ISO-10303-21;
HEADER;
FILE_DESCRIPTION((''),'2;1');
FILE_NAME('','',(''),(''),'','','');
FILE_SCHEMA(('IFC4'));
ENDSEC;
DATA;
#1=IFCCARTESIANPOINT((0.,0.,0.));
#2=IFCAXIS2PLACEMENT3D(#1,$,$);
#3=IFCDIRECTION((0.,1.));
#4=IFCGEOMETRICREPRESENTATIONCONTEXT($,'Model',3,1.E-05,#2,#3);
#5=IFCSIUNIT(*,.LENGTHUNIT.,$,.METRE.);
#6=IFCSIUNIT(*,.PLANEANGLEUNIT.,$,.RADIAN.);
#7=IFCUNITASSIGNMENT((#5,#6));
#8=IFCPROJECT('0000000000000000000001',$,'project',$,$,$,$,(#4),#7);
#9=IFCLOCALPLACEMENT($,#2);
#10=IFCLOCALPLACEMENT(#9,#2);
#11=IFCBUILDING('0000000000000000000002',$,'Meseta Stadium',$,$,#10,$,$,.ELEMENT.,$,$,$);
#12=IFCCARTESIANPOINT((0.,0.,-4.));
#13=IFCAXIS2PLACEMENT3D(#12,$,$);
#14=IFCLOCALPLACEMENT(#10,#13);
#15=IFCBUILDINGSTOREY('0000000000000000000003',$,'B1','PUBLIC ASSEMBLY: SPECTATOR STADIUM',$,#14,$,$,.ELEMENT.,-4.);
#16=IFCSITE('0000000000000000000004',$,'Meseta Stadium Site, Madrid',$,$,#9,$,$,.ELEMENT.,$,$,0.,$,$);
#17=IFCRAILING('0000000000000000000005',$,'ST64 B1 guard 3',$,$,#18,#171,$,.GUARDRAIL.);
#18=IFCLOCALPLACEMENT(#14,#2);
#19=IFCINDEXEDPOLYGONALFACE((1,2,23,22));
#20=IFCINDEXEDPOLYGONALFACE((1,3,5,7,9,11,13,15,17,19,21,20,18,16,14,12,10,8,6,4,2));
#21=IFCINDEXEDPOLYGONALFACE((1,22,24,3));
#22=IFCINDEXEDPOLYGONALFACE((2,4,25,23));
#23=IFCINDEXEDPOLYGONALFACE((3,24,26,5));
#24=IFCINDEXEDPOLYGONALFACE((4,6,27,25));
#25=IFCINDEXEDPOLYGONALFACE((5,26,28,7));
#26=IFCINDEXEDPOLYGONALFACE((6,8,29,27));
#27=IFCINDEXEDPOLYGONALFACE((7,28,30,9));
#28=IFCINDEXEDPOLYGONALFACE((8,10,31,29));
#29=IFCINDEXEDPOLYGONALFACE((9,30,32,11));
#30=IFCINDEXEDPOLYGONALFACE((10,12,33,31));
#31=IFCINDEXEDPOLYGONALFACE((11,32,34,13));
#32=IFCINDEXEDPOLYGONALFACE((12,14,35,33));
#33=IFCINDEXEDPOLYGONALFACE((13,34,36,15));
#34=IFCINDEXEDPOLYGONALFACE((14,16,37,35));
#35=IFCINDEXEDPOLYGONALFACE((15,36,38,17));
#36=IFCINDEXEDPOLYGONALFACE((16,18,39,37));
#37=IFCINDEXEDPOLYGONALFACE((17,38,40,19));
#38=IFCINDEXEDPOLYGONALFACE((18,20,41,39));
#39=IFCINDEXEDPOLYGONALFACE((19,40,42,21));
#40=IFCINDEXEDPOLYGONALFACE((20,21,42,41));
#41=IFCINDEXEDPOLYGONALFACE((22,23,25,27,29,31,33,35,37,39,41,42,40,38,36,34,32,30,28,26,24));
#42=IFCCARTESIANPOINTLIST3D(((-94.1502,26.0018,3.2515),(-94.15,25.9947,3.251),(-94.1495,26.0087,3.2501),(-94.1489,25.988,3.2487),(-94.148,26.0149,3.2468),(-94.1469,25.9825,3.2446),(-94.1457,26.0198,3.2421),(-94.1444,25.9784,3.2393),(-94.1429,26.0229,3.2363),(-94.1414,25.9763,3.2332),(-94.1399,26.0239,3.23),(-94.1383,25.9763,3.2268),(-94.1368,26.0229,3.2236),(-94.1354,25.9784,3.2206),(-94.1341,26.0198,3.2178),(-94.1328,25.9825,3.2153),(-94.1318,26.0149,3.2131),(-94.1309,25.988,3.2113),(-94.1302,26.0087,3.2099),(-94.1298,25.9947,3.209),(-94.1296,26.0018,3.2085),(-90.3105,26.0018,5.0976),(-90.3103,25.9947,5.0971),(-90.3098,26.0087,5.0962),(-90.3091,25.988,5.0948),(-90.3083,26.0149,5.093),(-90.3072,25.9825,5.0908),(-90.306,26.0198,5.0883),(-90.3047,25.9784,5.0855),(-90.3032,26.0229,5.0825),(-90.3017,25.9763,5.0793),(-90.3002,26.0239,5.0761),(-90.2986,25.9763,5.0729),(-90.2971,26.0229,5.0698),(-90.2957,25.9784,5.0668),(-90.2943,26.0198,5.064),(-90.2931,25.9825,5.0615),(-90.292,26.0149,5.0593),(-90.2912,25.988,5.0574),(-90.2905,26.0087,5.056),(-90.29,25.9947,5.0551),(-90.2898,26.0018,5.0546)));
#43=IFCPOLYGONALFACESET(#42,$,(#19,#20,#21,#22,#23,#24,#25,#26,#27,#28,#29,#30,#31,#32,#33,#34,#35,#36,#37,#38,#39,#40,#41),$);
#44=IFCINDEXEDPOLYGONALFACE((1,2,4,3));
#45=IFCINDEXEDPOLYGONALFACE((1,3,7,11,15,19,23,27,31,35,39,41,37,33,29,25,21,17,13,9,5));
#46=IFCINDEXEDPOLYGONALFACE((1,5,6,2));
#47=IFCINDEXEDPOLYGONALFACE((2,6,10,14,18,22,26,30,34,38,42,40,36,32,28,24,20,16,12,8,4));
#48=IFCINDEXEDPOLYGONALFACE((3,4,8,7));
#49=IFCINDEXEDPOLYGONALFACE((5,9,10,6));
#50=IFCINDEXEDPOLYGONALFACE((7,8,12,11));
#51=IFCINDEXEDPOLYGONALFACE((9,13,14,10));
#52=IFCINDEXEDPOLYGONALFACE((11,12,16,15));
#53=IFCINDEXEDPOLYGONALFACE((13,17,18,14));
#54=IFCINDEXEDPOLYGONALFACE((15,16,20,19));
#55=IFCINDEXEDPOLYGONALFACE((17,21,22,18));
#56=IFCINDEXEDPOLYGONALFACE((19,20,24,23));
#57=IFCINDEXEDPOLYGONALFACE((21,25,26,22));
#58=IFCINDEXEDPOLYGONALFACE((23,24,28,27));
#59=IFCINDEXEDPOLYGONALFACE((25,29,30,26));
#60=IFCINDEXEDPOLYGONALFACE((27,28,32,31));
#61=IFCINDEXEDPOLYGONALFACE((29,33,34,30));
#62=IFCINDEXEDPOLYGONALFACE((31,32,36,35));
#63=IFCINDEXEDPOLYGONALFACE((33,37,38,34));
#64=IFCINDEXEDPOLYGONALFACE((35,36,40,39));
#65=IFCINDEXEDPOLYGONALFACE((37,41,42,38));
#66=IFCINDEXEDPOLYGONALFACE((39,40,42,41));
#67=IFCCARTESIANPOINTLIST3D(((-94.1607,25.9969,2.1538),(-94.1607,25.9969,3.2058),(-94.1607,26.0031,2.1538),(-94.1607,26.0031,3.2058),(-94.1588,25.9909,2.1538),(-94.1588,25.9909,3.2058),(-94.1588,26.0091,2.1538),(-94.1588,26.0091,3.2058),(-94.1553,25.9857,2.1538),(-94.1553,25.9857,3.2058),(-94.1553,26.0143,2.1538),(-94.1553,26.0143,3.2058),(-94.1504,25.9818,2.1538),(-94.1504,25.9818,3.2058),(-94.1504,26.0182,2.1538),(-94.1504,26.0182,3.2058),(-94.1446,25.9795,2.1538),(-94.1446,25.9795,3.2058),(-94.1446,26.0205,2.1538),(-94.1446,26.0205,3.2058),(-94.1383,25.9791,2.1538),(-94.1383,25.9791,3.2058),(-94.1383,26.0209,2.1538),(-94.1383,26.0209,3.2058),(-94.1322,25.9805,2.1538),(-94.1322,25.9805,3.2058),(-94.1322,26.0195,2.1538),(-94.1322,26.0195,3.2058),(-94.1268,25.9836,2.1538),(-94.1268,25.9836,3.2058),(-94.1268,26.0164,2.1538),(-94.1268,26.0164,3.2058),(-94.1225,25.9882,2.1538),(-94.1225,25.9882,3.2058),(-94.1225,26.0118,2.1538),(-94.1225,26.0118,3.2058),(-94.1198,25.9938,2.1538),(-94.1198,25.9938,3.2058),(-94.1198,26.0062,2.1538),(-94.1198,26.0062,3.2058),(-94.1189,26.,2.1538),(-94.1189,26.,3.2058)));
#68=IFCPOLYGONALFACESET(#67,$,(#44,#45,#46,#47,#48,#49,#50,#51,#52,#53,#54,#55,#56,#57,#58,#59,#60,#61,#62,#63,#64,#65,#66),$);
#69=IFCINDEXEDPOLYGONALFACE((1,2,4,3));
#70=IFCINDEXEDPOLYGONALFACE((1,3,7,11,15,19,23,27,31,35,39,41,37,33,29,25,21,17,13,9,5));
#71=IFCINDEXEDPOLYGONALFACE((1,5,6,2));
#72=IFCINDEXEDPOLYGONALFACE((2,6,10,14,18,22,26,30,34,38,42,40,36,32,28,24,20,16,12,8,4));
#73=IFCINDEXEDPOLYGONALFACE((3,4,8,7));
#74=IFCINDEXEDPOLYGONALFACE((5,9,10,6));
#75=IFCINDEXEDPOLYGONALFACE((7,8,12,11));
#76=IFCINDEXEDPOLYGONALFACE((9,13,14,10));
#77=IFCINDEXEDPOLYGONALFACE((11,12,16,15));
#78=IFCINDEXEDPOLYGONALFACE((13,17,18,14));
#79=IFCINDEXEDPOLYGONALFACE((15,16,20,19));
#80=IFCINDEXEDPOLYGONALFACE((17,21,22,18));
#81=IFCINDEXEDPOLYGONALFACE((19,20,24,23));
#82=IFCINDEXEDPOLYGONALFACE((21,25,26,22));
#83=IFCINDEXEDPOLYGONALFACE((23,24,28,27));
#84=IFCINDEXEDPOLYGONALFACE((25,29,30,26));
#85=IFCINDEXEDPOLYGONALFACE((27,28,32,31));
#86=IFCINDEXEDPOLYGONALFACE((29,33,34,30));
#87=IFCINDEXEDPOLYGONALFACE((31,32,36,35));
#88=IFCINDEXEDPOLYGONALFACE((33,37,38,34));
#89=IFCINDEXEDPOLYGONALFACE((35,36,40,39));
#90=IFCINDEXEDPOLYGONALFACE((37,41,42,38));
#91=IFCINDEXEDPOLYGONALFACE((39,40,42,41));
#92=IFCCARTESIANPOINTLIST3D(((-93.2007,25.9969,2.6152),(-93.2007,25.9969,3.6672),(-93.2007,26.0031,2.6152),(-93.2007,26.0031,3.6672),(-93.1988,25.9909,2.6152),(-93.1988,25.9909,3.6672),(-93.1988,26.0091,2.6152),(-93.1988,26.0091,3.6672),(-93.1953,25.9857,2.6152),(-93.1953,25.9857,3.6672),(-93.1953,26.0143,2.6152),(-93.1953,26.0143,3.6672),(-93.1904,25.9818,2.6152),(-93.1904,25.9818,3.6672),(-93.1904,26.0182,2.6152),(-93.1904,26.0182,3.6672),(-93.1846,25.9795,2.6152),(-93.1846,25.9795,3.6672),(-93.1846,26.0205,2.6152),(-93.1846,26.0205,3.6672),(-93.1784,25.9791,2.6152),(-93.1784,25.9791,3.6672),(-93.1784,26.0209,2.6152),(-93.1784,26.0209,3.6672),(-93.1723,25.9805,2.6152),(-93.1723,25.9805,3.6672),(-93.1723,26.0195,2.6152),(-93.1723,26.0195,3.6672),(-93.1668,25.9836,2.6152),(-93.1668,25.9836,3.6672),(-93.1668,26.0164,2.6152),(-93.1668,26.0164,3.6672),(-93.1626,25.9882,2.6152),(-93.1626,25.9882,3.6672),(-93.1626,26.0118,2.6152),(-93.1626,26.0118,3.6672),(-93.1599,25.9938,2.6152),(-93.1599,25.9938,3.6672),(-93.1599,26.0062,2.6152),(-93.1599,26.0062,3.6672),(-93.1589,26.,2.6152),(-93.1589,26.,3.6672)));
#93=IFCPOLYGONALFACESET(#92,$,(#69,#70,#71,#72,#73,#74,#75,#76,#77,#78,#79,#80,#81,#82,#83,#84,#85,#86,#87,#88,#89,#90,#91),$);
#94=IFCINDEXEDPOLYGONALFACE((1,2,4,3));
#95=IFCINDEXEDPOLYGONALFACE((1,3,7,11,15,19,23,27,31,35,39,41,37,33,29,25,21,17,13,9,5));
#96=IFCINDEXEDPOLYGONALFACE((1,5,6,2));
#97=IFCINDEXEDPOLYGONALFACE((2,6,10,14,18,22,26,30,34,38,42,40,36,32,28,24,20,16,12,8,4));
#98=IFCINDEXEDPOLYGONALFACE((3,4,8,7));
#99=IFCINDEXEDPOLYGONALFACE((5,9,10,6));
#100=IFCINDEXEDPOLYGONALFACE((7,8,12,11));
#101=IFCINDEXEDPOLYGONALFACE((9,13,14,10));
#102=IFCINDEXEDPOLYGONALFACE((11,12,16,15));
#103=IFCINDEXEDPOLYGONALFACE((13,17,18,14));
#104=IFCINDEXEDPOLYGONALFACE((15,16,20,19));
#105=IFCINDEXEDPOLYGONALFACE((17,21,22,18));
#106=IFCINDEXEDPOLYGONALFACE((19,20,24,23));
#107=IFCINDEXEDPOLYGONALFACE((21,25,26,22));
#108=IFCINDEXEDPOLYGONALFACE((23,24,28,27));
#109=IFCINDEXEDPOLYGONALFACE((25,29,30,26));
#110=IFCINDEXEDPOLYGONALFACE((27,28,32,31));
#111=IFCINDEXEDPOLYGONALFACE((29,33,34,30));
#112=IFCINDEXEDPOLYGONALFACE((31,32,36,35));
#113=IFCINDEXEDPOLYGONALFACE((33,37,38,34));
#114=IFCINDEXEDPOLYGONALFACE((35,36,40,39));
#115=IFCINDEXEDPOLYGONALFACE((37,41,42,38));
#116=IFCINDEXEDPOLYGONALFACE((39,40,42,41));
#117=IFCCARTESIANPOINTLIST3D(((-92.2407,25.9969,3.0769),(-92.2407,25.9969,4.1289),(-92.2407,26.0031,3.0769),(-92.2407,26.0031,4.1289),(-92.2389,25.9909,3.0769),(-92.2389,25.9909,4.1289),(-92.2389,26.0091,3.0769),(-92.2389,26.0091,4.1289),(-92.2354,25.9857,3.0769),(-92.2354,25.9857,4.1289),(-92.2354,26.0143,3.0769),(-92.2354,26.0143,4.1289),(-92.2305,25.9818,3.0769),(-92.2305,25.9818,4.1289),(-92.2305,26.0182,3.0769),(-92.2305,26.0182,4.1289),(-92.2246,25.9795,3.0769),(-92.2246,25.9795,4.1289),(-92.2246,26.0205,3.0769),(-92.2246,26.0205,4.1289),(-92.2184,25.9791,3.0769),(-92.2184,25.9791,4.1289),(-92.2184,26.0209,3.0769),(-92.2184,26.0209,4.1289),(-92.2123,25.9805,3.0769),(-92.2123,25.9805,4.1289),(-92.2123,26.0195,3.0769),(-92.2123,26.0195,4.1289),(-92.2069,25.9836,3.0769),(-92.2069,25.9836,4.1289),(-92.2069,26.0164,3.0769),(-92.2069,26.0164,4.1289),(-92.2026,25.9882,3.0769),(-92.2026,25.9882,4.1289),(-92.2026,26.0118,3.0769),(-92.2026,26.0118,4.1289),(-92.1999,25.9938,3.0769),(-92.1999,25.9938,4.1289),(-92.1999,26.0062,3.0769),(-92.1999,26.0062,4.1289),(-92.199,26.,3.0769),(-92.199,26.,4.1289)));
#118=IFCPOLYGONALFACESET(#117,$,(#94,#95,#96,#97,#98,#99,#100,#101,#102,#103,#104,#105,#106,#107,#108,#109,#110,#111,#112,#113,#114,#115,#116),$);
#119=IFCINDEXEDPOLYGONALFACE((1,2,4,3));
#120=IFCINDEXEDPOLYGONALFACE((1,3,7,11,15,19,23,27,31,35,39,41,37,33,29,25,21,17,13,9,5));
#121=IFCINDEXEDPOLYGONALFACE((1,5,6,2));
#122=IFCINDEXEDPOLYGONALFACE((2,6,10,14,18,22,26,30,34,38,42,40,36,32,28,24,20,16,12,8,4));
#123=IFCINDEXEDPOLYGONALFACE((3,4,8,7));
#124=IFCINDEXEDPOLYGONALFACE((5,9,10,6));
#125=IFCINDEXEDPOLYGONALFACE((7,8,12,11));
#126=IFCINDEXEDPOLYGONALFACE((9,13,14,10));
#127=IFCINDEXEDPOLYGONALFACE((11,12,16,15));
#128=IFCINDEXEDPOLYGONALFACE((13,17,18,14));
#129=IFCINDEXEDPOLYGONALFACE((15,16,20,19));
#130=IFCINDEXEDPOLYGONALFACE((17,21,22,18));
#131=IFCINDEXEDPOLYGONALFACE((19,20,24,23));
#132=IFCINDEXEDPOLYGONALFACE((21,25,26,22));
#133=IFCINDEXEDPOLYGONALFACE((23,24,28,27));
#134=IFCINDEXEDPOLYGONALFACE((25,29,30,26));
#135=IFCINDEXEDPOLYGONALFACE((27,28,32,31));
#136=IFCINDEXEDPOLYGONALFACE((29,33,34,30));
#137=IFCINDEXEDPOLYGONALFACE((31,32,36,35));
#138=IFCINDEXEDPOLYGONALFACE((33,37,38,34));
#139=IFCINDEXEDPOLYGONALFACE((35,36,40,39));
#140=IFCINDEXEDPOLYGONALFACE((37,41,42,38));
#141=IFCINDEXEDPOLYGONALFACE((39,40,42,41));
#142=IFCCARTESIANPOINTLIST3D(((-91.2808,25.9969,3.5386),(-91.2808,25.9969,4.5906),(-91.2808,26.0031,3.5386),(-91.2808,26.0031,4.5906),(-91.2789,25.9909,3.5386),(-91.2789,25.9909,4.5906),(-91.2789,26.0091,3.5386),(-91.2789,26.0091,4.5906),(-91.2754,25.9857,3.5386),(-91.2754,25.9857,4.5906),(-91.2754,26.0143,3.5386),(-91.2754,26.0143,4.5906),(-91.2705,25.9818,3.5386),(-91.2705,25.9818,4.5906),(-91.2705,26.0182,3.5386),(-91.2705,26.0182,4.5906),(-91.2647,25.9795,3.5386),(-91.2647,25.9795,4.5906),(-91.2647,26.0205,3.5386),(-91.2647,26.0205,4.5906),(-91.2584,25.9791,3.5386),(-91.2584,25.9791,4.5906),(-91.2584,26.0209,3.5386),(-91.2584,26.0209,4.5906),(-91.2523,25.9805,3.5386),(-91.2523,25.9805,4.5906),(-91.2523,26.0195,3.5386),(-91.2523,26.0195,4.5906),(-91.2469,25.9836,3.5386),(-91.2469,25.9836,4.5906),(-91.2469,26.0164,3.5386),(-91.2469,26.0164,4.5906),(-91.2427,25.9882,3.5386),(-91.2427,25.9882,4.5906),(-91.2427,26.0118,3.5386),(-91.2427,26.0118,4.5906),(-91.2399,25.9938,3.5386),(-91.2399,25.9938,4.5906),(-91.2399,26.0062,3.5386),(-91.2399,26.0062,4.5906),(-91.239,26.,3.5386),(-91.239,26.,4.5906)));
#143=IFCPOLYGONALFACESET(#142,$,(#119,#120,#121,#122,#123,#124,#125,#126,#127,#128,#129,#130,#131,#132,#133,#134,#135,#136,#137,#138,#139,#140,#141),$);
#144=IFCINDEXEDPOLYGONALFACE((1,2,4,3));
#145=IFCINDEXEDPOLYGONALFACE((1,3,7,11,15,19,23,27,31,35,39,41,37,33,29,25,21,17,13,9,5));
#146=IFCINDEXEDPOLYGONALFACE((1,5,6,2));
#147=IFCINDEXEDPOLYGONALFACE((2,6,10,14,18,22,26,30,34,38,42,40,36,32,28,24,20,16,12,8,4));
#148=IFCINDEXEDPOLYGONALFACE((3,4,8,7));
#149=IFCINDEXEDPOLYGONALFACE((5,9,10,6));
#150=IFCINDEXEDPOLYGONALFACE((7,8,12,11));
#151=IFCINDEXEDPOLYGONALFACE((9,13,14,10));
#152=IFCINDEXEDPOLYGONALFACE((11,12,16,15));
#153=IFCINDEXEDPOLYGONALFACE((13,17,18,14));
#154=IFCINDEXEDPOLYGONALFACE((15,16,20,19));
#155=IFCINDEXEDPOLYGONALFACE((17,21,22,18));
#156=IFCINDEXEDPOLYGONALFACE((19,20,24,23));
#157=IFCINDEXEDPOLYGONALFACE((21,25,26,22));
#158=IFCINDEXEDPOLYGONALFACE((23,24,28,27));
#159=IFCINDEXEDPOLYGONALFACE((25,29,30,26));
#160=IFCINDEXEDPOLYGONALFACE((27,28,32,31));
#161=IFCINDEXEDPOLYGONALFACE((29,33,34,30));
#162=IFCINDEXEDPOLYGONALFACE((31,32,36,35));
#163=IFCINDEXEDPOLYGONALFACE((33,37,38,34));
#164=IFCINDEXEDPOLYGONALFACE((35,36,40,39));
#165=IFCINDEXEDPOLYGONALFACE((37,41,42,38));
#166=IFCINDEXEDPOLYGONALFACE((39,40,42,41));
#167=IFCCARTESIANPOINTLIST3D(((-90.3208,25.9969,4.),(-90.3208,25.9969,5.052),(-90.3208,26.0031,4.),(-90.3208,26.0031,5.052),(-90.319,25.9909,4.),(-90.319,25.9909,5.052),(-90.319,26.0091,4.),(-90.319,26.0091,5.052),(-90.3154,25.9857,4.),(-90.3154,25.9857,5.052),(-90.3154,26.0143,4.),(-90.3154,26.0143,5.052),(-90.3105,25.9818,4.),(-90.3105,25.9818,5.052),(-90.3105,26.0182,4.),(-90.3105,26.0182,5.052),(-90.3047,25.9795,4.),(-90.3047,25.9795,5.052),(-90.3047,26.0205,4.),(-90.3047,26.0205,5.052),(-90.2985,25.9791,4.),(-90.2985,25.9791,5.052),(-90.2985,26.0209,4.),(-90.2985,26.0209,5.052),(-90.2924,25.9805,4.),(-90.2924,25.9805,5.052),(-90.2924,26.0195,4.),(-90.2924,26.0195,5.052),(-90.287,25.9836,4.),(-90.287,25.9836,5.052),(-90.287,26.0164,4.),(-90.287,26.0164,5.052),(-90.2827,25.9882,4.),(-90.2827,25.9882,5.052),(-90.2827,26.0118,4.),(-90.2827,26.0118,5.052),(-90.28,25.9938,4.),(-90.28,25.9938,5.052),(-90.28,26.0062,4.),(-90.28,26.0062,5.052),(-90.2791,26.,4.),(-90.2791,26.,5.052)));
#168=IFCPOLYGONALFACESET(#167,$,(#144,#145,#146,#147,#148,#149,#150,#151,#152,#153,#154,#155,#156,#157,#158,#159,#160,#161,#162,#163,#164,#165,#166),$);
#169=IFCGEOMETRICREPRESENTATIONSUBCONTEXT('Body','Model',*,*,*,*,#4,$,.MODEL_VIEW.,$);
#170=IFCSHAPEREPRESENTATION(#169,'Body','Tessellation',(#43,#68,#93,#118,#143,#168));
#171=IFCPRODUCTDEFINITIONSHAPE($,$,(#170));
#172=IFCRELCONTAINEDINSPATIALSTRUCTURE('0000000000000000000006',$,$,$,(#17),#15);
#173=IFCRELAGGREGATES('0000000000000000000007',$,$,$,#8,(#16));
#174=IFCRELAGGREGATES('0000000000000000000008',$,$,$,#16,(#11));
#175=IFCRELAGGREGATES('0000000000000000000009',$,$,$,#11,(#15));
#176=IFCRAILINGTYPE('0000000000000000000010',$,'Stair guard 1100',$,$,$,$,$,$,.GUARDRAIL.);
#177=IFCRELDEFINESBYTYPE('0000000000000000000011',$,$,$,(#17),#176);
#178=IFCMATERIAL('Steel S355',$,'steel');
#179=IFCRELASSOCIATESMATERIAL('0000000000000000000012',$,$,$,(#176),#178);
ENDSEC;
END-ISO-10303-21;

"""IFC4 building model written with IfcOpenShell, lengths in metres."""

from ifc_helpers import new_model, si_unit, direction, frame, origin, origin_2d, place, context, subcontext, project, spatial, circle, extrude, material, type_object, element, save


model = new_model("IFC4")

# Units and contexts
model_context = context("Model", 3, precision=1e-05, world=origin(), true_north=direction((0.0, 1.0)))
body_context = subcontext(model_context, "Body", "Model", "MODEL_VIEW")
ifc_project = project(units=[si_unit("LENGTHUNIT", "METRE"), si_unit("PLANEANGLEUNIT", "RADIAN")], contexts=[model_context])

# Site, building, storey
site_placement = place(None, origin())
site = spatial("IfcSite", under=ifc_project, at=site_placement, Name="Meseta Stadium Site, Madrid", CompositionType="ELEMENT", RefElevation=0.0)
building_placement = place(site_placement, origin())
building = spatial("IfcBuilding", under=site, at=building_placement, Name="Meseta Stadium", CompositionType="ELEMENT")
storey_placement = place(building_placement, frame((0.0, 0.0, -4.0)))
storey = spatial("IfcBuildingStorey", under=building, at=storey_placement, Name="B1", Description="PUBLIC ASSEMBLY: SPECTATOR STADIUM", CompositionType="ELEMENT", Elevation=-4.0)

# Railing
ifc_material_1 = material(Name="Steel S355", Category="steel")
railing_type_1 = type_object("IfcRailingType", Name="Stair guard 1100", PredefinedType="GUARDRAIL", material=ifc_material_1)
railing_1_placement = place(storey_placement, frame((-94.1399, 26.0, 2.1538)))
element("IfcRailing", 1, at=railing_1_placement, inside=storey, type_object=railing_type_1, Name="ST64 B1 guard 3", PredefinedType="GUARDRAIL", context=body_context, shape_type="SweptSolid", body=[
    extrude(circle(Radius=0.0239, at=origin_2d()), frame((0.0, 0.0, 1.0762), z_axis=(0.901242, 0.0, 0.433316), x_axis=(0.0, 1.0, 0.0)), (0.0, 0.0, 1.0), 4.2605),
    extrude(circle(Radius=0.021, at=origin_2d()), origin(), (0.0, 0.0, 1.0), 1.052),
    extrude(circle(Radius=0.021, at=origin_2d()), frame((0.96, 0.0, 0.4614)), (0.0, 0.0, 1.0), 1.052),
    extrude(circle(Radius=0.021, at=origin_2d()), frame((1.9199, 0.0, 0.9231)), (0.0, 0.0, 1.0), 1.052),
    extrude(circle(Radius=0.021, at=origin_2d()), frame((2.8799, 0.0, 1.3848)), (0.0, 0.0, 1.0), 1.052),
    extrude(circle(Radius=0.021, at=origin_2d()), frame((3.8398, 0.0, 1.8462)), (0.0, 0.0, 1.0), 1.052),
])

save(model, "model.ifc")
